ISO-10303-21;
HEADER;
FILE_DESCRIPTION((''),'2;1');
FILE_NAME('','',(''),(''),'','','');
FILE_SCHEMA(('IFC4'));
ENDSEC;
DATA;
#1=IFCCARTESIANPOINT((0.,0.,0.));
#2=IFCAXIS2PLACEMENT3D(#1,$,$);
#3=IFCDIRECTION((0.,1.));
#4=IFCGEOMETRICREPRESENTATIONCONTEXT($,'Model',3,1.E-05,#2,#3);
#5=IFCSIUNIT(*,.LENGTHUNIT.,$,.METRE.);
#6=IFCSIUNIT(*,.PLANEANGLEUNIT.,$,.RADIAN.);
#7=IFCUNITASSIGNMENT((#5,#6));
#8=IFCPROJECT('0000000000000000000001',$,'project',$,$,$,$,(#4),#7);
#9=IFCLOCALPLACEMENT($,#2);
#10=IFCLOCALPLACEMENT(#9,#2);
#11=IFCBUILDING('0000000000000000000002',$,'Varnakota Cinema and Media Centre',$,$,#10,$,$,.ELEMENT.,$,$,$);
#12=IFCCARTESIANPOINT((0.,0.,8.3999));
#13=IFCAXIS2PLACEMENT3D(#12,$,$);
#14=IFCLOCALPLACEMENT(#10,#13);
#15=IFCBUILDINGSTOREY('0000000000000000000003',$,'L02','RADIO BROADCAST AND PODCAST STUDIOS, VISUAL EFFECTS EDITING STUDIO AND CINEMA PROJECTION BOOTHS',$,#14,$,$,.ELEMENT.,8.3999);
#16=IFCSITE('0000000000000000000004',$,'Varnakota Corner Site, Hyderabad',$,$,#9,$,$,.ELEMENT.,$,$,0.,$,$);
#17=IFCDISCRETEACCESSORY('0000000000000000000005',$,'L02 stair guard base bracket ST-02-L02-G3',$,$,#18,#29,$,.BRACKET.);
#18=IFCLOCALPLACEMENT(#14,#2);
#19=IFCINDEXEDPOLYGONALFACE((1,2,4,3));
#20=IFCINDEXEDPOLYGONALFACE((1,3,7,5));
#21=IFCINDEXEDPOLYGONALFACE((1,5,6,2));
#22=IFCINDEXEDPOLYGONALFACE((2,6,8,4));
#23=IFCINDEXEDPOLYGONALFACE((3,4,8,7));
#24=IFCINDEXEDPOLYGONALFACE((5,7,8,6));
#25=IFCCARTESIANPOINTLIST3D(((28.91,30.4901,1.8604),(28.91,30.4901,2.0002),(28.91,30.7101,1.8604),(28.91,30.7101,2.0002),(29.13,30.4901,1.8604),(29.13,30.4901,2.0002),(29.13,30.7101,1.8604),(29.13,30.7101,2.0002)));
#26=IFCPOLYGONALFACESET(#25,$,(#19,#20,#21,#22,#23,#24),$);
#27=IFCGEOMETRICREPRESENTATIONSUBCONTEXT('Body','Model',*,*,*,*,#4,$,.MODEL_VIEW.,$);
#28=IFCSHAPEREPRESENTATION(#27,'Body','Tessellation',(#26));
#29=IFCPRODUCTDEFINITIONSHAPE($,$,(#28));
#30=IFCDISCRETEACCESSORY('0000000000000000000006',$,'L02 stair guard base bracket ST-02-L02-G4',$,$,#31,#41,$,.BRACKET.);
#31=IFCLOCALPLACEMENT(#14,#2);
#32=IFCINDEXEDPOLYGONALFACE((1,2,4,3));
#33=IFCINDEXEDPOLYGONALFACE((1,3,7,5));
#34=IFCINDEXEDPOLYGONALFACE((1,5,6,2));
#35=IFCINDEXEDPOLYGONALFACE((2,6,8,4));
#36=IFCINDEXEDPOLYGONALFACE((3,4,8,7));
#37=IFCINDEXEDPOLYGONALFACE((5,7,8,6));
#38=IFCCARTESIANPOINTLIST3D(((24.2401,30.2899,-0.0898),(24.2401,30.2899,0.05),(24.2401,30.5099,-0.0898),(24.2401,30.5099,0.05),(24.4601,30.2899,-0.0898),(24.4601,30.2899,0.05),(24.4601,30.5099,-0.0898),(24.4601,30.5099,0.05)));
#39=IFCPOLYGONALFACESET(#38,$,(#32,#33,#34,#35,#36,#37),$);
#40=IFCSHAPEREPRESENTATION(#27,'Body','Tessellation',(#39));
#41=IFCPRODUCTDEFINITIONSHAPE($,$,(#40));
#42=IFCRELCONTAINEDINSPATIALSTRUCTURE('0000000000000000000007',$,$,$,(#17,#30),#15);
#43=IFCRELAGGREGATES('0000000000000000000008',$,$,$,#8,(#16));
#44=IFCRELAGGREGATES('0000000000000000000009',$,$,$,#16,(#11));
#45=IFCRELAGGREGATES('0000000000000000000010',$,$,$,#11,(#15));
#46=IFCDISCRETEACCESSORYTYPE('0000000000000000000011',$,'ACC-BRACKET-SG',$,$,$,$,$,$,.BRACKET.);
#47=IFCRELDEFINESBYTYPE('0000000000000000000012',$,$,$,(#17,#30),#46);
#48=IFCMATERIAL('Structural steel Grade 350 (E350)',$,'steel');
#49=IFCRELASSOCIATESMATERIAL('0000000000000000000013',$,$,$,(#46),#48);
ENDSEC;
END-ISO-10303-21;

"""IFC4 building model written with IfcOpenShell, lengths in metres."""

from ifc_helpers import new_model, si_unit, direction, frame, origin, origin_2d, place, context, subcontext, project, spatial, rectangle, extrude, material, type_object, element, save


model = new_model("IFC4")

# Units and contexts
model_context = context("Model", 3, precision=1e-05, world=origin(), true_north=direction((0.0, 1.0)))
body_context = subcontext(model_context, "Body", "Model", "MODEL_VIEW")
ifc_project = project(units=[si_unit("LENGTHUNIT", "METRE"), si_unit("PLANEANGLEUNIT", "RADIAN")], contexts=[model_context])

# Site, building, storey
site_placement = place(None, origin())
site = spatial("IfcSite", under=ifc_project, at=site_placement, Name="Varnakota Corner Site, Hyderabad", CompositionType="ELEMENT", RefElevation=0.0)
building_placement = place(site_placement, origin())
building = spatial("IfcBuilding", under=site, at=building_placement, Name="Varnakota Cinema and Media Centre", CompositionType="ELEMENT")
storey_placement = place(building_placement, frame((0.0, 0.0, 8.3999)))
storey = spatial("IfcBuildingStorey", under=building, at=storey_placement, Name="L02", Description="RADIO BROADCAST AND PODCAST STUDIOS, VISUAL EFFECTS EDITING STUDIO AND CINEMA PROJECTION BOOTHS", CompositionType="ELEMENT", Elevation=8.3999)

# Discrete accessories
ifc_material_1 = material(Name="Structural steel Grade 350 (E350)", Category="steel")
discrete_accessory_type = type_object("IfcDiscreteAccessoryType", Name="ACC-BRACKET-SG", PredefinedType="BRACKET", material=ifc_material_1)
for number, where, z_axis, x_axis, name in (
    (1, (29.02, 30.6001, 1.8604), (0.0, 0.0, 1.0), (1.0, 0.0, 0.0), "L02 stair guard base bracket ST-02-L02-G3"),
    (2, (24.3501, 30.3999, -0.0898), (0.0, 0.0, 1.0), (1.0, 0.0, 0.0), "L02 stair guard base bracket ST-02-L02-G4"),
):
    element("IfcDiscreteAccessory", number, at=place(storey_placement, frame(where, z_axis=z_axis, x_axis=x_axis)), inside=storey, type_object=discrete_accessory_type, Name=name, PredefinedType="BRACKET", context=body_context, shape_type="SweptSolid", body=[
        extrude(rectangle(XDim=0.22, YDim=0.22, at=origin_2d()), origin(), (0.0, 0.0, 1.0), 0.1399),
    ])

save(model, "model.ifc")
